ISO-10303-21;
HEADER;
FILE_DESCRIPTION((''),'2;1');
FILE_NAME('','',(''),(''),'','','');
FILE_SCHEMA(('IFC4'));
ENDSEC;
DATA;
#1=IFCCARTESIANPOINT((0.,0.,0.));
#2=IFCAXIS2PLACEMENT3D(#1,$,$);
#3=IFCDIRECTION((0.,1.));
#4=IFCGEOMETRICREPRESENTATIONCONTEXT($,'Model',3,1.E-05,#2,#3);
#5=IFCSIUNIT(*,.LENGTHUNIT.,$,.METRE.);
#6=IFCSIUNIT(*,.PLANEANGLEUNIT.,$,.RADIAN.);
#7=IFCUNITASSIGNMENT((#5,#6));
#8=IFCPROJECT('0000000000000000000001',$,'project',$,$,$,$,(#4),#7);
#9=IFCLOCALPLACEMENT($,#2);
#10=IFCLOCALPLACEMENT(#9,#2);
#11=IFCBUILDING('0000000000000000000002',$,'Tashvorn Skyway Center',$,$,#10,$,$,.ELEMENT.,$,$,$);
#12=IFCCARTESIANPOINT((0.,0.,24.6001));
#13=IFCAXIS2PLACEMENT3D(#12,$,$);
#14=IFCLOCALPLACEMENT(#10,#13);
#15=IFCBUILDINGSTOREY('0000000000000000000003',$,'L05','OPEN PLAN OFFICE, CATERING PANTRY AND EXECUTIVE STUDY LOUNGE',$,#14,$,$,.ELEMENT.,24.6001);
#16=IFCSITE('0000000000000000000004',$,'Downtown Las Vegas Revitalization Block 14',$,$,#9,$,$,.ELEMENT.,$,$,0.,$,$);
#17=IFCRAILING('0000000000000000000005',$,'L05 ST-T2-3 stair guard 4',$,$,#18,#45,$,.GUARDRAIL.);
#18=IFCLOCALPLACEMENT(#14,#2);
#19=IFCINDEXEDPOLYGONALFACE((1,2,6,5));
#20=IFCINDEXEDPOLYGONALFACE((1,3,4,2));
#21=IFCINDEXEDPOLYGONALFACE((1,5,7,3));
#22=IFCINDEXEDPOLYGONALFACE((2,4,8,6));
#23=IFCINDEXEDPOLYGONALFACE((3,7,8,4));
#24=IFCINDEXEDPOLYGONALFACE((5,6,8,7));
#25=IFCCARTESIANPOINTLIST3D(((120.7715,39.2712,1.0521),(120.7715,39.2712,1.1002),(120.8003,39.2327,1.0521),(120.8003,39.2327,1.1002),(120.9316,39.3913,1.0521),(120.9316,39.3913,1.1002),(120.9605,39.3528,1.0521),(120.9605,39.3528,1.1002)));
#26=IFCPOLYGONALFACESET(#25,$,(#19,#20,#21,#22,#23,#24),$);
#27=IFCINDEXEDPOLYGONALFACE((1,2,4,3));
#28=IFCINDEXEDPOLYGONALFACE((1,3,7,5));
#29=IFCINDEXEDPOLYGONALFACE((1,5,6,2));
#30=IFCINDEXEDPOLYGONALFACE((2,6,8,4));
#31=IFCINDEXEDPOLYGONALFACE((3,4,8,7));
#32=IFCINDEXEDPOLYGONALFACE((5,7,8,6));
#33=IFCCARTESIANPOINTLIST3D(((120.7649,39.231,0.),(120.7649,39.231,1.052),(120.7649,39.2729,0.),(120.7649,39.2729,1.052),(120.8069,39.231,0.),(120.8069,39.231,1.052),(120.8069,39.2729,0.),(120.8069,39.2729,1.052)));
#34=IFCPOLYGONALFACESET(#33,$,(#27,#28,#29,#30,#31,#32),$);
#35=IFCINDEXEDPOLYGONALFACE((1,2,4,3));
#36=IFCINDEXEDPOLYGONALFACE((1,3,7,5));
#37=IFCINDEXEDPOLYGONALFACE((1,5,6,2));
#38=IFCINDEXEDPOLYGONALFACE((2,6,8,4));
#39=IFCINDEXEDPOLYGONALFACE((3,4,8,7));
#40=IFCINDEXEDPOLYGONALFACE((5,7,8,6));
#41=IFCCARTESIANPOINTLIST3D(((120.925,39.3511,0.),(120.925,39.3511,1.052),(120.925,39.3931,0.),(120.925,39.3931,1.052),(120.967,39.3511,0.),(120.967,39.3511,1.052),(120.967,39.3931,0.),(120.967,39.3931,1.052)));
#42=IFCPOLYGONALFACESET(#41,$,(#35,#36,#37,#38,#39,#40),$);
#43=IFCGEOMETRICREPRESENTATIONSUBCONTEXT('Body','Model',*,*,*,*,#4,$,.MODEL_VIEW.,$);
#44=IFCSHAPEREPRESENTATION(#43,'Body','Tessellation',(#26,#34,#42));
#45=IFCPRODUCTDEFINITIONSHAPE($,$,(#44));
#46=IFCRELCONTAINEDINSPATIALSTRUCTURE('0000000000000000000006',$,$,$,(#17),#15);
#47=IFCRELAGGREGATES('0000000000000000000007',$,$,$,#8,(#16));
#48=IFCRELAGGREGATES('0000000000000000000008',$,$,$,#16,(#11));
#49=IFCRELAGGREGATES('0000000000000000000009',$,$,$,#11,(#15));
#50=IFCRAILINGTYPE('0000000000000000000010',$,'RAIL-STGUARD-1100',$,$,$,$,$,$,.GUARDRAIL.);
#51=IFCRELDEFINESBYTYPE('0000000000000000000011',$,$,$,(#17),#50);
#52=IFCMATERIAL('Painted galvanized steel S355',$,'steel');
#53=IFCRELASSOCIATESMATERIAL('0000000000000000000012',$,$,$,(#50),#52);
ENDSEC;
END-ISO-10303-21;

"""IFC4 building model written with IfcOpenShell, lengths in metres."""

from ifc_helpers import new_model, si_unit, direction, frame, origin, origin_2d, place, context, subcontext, project, spatial, rectangle, extrude, material, type_object, element, save


model = new_model("IFC4")

# Units and contexts
model_context = context("Model", 3, precision=1e-05, world=origin(), true_north=direction((0.0, 1.0)))
body_context = subcontext(model_context, "Body", "Model", "MODEL_VIEW")
ifc_project = project(units=[si_unit("LENGTHUNIT", "METRE"), si_unit("PLANEANGLEUNIT", "RADIAN")], contexts=[model_context])

# Site, building, storey
site_placement = place(None, origin())
site = spatial("IfcSite", under=ifc_project, at=site_placement, Name="Downtown Las Vegas Revitalization Block 14", CompositionType="ELEMENT", RefElevation=0.0)
building_placement = place(site_placement, origin())
building = spatial("IfcBuilding", under=site, at=building_placement, Name="Tashvorn Skyway Center", CompositionType="ELEMENT")
storey_placement = place(building_placement, frame((0.0, 0.0, 24.6001)))
storey = spatial("IfcBuildingStorey", under=building, at=storey_placement, Name="L05", Description="OPEN PLAN OFFICE, CATERING PANTRY AND EXECUTIVE STUDY LOUNGE", CompositionType="ELEMENT", Elevation=24.6001)

# Railing
ifc_material_1 = material(Name="Painted galvanized steel S355", Category="steel")
railing_type = type_object("IfcRailingType", Name="RAIL-STGUARD-1100", PredefinedType="GUARDRAIL", material=ifc_material_1)
railing_1_placement = place(storey_placement, frame((120.7859, 39.252, 0.0)))
element("IfcRailing", 1, at=railing_1_placement, inside=storey, type_object=railing_type, Name="L05 ST-T2-3 stair guard 4", PredefinedType="GUARDRAIL", context=body_context, shape_type="SweptSolid", body=[
    extrude(rectangle(XDim=0.0481, YDim=0.0481, at=origin_2d()), frame((0.0, 0.0, 1.0762), z_axis=(0.8, 0.6, 0.0), x_axis=(-0.6, 0.8, 0.0)), (0.0, 0.0, 1.0), 0.2002),
    extrude(rectangle(XDim=0.042, YDim=0.042, at=origin_2d()), origin(), (0.0, 0.0, 1.0), 1.052),
    extrude(rectangle(XDim=0.042, YDim=0.042, at=origin_2d()), frame((0.1602, 0.1201, 0.0)), (0.0, 0.0, 1.0), 1.052),
])

save(model, "model.ifc")
